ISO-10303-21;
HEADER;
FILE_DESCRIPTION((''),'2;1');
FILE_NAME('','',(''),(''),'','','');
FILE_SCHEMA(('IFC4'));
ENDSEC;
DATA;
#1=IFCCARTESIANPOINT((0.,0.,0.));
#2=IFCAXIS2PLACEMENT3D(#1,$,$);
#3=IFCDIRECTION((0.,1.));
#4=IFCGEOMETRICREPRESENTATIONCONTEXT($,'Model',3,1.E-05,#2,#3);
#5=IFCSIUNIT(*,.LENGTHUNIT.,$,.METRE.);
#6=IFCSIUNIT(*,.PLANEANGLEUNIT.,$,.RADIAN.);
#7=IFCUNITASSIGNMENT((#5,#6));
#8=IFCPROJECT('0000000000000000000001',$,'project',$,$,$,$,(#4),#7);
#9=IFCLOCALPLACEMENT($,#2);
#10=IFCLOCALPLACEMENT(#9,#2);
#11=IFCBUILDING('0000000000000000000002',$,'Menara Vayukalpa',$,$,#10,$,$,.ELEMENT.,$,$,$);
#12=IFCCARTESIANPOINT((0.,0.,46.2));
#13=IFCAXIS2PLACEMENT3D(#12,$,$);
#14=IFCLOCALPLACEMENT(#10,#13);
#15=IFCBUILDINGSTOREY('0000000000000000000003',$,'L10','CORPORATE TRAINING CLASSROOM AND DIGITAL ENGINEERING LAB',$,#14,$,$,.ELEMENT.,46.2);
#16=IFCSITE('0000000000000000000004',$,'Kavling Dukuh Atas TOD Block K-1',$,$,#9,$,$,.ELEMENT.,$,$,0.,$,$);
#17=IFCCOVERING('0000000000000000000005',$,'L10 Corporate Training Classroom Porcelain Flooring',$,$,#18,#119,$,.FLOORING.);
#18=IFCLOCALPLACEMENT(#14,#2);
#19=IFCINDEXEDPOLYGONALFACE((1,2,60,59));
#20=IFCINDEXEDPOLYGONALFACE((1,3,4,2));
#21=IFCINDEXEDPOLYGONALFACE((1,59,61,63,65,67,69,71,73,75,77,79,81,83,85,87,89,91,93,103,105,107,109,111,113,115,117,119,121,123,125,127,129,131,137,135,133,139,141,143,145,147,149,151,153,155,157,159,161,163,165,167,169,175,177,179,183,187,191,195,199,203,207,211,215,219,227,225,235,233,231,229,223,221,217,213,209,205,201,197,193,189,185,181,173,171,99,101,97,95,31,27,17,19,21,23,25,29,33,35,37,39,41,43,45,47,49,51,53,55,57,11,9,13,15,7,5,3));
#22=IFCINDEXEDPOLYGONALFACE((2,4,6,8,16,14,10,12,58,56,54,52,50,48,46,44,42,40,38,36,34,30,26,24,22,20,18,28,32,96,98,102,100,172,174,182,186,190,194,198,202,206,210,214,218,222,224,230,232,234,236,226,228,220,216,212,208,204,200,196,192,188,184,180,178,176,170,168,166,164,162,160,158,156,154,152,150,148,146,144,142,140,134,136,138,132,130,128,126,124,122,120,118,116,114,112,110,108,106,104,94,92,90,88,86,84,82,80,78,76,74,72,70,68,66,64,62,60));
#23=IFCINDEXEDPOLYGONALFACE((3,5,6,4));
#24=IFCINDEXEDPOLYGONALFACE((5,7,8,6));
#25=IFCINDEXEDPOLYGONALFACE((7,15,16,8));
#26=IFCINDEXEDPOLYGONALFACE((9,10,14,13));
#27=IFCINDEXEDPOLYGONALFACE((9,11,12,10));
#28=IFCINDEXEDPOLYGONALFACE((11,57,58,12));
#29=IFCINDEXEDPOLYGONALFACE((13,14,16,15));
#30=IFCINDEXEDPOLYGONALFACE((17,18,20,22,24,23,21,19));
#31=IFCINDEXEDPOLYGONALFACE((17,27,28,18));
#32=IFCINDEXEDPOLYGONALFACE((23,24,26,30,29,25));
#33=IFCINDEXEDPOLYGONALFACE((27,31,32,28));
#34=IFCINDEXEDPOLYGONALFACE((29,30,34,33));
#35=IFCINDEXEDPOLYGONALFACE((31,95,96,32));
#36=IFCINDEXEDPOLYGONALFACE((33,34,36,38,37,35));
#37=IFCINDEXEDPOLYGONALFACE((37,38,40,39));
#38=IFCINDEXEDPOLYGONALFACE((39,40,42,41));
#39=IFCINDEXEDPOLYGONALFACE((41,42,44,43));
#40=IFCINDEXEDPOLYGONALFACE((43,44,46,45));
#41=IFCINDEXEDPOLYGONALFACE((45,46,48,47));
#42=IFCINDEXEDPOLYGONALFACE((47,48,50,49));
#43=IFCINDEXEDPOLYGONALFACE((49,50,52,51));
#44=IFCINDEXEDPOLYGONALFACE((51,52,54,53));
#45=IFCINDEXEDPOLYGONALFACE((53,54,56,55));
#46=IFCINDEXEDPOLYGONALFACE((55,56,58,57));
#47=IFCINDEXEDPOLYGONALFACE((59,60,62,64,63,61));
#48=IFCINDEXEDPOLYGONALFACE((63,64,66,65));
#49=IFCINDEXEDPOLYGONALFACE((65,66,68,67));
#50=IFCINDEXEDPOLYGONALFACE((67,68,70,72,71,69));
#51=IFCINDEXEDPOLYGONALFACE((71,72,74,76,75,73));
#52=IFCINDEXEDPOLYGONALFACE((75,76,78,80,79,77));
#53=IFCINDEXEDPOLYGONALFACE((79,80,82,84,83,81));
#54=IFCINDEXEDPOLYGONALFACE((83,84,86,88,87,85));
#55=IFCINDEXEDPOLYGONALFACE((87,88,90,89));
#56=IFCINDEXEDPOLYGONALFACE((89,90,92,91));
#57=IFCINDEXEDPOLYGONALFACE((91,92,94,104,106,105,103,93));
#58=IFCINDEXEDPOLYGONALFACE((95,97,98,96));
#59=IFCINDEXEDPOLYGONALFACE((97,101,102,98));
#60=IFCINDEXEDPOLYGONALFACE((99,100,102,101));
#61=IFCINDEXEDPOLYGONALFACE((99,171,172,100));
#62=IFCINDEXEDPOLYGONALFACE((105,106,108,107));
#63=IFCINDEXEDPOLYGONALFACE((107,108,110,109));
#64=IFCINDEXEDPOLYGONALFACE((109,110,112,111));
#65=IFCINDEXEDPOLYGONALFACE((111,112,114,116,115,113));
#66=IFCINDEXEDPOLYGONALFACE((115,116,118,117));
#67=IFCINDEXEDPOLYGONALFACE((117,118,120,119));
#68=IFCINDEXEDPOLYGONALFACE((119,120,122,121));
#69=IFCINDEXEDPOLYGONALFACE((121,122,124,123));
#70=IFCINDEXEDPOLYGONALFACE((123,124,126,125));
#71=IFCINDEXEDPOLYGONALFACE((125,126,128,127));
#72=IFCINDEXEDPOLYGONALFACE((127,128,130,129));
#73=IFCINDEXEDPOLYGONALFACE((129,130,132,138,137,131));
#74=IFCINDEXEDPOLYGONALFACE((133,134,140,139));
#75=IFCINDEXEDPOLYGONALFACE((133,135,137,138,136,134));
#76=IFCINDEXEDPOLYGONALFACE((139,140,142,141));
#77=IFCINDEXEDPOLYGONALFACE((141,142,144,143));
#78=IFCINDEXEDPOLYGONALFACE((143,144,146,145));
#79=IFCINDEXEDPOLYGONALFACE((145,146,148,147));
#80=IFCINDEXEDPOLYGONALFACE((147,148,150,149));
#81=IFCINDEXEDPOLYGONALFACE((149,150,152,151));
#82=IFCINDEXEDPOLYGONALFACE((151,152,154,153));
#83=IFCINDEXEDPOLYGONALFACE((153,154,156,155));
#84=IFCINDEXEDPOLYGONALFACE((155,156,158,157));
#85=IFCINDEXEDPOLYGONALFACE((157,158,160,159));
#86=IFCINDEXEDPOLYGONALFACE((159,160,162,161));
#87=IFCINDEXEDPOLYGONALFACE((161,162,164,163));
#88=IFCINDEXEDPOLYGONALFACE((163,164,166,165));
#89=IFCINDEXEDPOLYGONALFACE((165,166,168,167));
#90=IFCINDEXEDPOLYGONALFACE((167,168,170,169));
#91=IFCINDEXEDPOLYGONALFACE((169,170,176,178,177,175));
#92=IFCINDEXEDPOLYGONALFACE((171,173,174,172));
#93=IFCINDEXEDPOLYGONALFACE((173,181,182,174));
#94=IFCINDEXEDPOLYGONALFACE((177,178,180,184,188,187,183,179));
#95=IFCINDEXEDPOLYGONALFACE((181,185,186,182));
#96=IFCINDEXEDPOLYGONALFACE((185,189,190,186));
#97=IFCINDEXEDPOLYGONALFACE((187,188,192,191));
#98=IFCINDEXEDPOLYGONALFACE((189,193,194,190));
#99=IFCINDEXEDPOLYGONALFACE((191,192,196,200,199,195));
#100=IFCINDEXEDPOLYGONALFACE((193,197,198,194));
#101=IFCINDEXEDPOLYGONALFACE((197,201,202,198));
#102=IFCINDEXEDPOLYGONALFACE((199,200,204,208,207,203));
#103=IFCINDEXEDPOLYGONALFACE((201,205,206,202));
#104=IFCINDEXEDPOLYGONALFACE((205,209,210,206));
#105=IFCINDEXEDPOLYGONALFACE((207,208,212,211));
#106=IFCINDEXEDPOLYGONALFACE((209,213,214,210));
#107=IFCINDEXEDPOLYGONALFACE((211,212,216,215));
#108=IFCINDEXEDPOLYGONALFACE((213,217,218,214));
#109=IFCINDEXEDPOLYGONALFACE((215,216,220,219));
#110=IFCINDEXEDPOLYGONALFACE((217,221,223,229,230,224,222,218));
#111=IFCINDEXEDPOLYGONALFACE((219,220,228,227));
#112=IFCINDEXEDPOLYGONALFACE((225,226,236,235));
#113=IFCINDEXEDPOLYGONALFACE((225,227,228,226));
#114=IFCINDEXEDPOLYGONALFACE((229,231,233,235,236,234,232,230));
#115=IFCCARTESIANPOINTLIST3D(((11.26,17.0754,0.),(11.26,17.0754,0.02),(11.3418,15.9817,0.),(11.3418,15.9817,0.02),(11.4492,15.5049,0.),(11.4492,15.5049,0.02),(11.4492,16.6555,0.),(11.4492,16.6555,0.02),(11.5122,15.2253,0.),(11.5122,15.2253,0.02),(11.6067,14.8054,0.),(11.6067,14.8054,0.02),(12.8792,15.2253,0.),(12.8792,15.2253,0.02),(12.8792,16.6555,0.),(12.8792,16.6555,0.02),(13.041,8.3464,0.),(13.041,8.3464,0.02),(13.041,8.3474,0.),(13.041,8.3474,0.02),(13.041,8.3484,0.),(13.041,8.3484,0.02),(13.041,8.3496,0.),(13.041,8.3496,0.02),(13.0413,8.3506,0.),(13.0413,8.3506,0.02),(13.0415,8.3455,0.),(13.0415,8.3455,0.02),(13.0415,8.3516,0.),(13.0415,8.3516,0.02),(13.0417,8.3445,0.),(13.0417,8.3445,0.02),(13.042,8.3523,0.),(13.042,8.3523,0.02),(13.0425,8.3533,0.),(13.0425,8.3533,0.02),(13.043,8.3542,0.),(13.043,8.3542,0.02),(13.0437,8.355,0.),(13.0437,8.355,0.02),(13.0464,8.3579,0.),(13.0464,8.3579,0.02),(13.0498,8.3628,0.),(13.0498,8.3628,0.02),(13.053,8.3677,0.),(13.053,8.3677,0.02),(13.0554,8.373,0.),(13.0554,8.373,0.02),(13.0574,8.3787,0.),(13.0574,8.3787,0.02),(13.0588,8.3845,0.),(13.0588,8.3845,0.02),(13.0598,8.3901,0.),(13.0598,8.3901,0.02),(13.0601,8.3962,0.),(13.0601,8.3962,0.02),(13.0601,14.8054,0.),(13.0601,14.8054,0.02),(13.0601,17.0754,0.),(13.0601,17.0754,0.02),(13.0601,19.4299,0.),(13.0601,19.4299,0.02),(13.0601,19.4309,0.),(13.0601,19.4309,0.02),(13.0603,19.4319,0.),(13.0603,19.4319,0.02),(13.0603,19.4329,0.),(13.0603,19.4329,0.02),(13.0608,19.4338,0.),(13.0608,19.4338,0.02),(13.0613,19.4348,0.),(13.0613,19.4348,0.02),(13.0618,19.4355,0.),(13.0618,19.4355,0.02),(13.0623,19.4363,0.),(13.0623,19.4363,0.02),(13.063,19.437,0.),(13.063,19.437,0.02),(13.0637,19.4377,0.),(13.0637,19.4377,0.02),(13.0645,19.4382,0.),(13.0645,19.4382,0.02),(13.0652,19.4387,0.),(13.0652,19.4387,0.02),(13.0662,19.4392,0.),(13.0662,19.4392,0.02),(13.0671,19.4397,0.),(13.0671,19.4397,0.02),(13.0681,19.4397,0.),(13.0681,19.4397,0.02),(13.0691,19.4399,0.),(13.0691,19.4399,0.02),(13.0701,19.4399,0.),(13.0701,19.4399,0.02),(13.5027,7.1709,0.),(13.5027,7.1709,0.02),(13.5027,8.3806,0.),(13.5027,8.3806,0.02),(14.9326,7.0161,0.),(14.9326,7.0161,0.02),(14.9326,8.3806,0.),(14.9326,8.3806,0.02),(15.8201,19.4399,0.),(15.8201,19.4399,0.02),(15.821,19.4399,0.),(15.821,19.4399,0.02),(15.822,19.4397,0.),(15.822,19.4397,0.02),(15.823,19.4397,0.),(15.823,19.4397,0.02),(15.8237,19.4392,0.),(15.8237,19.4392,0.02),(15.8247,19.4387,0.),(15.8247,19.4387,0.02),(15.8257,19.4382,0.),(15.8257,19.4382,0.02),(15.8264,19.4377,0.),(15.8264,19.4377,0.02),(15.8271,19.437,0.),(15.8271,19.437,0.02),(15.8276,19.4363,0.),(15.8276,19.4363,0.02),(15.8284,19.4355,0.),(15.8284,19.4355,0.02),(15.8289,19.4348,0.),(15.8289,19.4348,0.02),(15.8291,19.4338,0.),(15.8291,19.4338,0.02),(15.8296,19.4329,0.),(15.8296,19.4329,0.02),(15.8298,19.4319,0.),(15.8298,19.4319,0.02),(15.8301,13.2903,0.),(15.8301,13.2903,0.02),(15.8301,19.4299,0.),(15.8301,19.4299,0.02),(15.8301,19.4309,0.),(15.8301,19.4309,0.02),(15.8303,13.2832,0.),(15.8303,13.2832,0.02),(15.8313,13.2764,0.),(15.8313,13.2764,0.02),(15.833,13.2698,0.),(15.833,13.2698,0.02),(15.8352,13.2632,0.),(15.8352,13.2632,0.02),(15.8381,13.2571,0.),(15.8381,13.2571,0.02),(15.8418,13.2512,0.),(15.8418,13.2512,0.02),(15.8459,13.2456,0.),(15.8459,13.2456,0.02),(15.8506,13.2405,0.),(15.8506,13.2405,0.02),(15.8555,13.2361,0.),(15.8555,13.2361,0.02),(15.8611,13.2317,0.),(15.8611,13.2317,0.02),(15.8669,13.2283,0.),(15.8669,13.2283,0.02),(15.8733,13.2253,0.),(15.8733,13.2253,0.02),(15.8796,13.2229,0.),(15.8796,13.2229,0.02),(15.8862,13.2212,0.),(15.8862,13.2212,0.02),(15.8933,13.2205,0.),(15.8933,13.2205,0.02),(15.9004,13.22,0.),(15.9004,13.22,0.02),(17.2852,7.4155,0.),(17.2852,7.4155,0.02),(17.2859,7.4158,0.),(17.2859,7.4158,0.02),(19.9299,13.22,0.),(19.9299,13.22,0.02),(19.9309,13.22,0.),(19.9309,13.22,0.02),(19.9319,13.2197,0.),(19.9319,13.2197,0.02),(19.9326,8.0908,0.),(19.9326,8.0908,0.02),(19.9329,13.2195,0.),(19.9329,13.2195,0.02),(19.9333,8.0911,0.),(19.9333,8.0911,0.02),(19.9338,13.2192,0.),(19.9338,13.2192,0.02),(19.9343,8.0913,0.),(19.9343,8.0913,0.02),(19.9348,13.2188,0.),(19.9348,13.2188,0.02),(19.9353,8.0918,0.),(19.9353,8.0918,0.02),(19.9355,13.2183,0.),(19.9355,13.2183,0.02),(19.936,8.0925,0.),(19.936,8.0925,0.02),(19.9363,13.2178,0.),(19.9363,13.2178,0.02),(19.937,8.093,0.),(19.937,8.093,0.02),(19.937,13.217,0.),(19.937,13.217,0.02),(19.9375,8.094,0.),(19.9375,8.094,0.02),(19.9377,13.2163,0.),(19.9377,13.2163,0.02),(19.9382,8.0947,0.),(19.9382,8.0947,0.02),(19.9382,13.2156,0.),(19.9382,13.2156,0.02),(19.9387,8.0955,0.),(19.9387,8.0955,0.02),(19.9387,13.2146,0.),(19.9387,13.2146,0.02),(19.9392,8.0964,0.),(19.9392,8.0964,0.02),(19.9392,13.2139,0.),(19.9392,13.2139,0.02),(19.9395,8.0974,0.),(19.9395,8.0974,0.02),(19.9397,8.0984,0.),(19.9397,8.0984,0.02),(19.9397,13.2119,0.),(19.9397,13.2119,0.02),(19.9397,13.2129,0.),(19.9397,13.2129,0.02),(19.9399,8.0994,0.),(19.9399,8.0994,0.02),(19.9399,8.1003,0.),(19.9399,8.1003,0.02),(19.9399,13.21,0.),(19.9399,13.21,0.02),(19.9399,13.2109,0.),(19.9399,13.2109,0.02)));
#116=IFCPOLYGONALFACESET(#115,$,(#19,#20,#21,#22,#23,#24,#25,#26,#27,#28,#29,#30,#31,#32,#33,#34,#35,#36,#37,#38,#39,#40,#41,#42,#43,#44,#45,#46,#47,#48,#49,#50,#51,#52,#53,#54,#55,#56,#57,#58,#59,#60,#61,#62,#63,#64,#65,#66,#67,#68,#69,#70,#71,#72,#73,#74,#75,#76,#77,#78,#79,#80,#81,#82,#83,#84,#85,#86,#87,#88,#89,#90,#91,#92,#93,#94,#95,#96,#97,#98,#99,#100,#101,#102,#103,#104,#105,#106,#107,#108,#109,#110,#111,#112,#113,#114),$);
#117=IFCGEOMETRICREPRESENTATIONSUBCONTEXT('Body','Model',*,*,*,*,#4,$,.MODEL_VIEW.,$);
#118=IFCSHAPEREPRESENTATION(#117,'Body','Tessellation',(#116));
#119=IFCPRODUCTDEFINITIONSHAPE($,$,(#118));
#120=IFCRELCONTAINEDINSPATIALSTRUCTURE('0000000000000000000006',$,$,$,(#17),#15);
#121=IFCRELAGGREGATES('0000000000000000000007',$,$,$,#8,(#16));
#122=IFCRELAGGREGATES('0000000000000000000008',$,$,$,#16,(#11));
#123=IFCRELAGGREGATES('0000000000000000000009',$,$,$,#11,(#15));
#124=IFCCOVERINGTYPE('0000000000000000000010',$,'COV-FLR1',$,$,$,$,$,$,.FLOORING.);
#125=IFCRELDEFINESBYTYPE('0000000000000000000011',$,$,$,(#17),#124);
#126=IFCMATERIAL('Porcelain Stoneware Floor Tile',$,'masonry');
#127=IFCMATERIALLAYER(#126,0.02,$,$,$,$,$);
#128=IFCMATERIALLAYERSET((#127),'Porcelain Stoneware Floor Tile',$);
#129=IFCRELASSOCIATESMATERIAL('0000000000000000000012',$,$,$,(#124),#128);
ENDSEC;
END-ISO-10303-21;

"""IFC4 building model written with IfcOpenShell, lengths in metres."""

from ifc_helpers import new_model, si_unit, direction, frame, origin, place, context, subcontext, project, spatial, polyline, outline, extrude, material, layer, layer_set, type_object, element, save


model = new_model("IFC4")

# Units and contexts
model_context = context("Model", 3, precision=1e-05, world=origin(), true_north=direction((0.0, 1.0)))
body_context = subcontext(model_context, "Body", "Model", "MODEL_VIEW")
ifc_project = project(units=[si_unit("LENGTHUNIT", "METRE"), si_unit("PLANEANGLEUNIT", "RADIAN")], contexts=[model_context])

# Site, building, storey
site_placement = place(None, origin())
site = spatial("IfcSite", under=ifc_project, at=site_placement, Name="Kavling Dukuh Atas TOD Block K-1", CompositionType="ELEMENT", RefElevation=0.0)
building_placement = place(site_placement, origin())
building = spatial("IfcBuilding", under=site, at=building_placement, Name="Menara Vayukalpa", CompositionType="ELEMENT")
storey_placement = place(building_placement, frame((0.0, 0.0, 46.2)))
storey = spatial("IfcBuildingStorey", under=building, at=storey_placement, Name="L10", Description="CORPORATE TRAINING CLASSROOM AND DIGITAL ENGINEERING LAB", CompositionType="ELEMENT", Elevation=46.2)

# Covering
ifc_material_1 = material(Name="Porcelain Stoneware Floor Tile", Category="masonry")
ifc_layer_1 = layer(ifc_material_1, 0.02)
ifc_layer_set_1 = layer_set([ifc_layer_1], Name="Porcelain Stoneware Floor Tile")
covering_type_1 = type_object("IfcCoveringType", Name="COV-FLR1", PredefinedType="FLOORING", material=ifc_layer_set_1)
covering_1_placement = place(storey_placement, origin())
element("IfcCovering", 1, at=covering_1_placement, inside=storey, type_object=covering_type_1, Name="L10 Corporate Training Classroom Porcelain Flooring", PredefinedType="FLOORING", context=body_context, shape_type="SweptSolid", body=[
    extrude(outline(polyline([(13.0417, 8.3445), (13.0415, 8.3455), (13.041, 8.3464), (13.041, 8.3474), (13.041, 8.3484), (13.041, 8.3496), (13.0413, 8.3506), (13.0415, 8.3516), (13.042, 8.3523), (13.0425, 8.3533), (13.043, 8.3542), (13.0437, 8.355), (13.0464, 8.3579), (13.0498, 8.3628), (13.053, 8.3677), (13.0554, 8.373), (13.0574, 8.3787), (13.0588, 8.3845), (13.0598, 8.3901), (13.0601, 8.3962), (13.0601, 14.8054), (11.6067, 14.8054), (11.5122, 15.2253), (12.8792, 15.2253), (12.8792, 16.6555), (11.4492, 16.6555), (11.4492, 15.5049), (11.3418, 15.9817), (11.26, 17.0754), (13.0601, 17.0754), (13.0601, 19.4299), (13.0601, 19.4309), (13.0603, 19.4319), (13.0603, 19.4329), (13.0608, 19.4338), (13.0613, 19.4348), (13.0618, 19.4355), (13.0623, 19.4363), (13.063, 19.437), (13.0637, 19.4377), (13.0645, 19.4382), (13.0652, 19.4387), (13.0662, 19.4392), (13.0671, 19.4397), (13.0681, 19.4397), (13.0691, 19.4399), (13.0701, 19.4399), (15.8201, 19.4399), (15.821, 19.4399), (15.822, 19.4397), (15.823, 19.4397), (15.8237, 19.4392), (15.8247, 19.4387), (15.8257, 19.4382), (15.8264, 19.4377), (15.8271, 19.437), (15.8276, 19.4363), (15.8284, 19.4355), (15.8289, 19.4348), (15.8291, 19.4338), (15.8296, 19.4329), (15.8298, 19.4319), (15.8301, 19.4309), (15.8301, 19.4299), (15.8301, 13.2903), (15.8303, 13.2832), (15.8313, 13.2764), (15.833, 13.2698), (15.8352, 13.2632), (15.8381, 13.2571), (15.8418, 13.2512), (15.8459, 13.2456), (15.8506, 13.2405), (15.8555, 13.2361), (15.8611, 13.2317), (15.8669, 13.2283), (15.8733, 13.2253), (15.8796, 13.2229), (15.8862, 13.2212), (15.8933, 13.2205), (15.9004, 13.22), (19.9299, 13.22), (19.9309, 13.22), (19.9319, 13.2197), (19.9329, 13.2195), (19.9338, 13.2192), (19.9348, 13.2188), (19.9355, 13.2183), (19.9363, 13.2178), (19.937, 13.217), (19.9377, 13.2163), (19.9382, 13.2156), (19.9387, 13.2146), (19.9392, 13.2139), (19.9397, 13.2129), (19.9397, 13.2119), (19.9399, 13.2109), (19.9399, 13.21), (19.9399, 8.1003), (19.9399, 8.0994), (19.9397, 8.0984), (19.9395, 8.0974), (19.9392, 8.0964), (19.9387, 8.0955), (19.9382, 8.0947), (19.9375, 8.094), (19.937, 8.093), (19.936, 8.0925), (19.9353, 8.0918), (19.9343, 8.0913), (19.9333, 8.0911), (19.9326, 8.0908), (17.2859, 7.4158), (17.2852, 7.4155), (14.9326, 7.0161), (14.9326, 8.3806), (13.5027, 8.3806), (13.5027, 7.1709), (13.0417, 8.3445)])), origin(), (0.0, 0.0, 1.0), 0.02),
])

save(model, "model.ifc")
